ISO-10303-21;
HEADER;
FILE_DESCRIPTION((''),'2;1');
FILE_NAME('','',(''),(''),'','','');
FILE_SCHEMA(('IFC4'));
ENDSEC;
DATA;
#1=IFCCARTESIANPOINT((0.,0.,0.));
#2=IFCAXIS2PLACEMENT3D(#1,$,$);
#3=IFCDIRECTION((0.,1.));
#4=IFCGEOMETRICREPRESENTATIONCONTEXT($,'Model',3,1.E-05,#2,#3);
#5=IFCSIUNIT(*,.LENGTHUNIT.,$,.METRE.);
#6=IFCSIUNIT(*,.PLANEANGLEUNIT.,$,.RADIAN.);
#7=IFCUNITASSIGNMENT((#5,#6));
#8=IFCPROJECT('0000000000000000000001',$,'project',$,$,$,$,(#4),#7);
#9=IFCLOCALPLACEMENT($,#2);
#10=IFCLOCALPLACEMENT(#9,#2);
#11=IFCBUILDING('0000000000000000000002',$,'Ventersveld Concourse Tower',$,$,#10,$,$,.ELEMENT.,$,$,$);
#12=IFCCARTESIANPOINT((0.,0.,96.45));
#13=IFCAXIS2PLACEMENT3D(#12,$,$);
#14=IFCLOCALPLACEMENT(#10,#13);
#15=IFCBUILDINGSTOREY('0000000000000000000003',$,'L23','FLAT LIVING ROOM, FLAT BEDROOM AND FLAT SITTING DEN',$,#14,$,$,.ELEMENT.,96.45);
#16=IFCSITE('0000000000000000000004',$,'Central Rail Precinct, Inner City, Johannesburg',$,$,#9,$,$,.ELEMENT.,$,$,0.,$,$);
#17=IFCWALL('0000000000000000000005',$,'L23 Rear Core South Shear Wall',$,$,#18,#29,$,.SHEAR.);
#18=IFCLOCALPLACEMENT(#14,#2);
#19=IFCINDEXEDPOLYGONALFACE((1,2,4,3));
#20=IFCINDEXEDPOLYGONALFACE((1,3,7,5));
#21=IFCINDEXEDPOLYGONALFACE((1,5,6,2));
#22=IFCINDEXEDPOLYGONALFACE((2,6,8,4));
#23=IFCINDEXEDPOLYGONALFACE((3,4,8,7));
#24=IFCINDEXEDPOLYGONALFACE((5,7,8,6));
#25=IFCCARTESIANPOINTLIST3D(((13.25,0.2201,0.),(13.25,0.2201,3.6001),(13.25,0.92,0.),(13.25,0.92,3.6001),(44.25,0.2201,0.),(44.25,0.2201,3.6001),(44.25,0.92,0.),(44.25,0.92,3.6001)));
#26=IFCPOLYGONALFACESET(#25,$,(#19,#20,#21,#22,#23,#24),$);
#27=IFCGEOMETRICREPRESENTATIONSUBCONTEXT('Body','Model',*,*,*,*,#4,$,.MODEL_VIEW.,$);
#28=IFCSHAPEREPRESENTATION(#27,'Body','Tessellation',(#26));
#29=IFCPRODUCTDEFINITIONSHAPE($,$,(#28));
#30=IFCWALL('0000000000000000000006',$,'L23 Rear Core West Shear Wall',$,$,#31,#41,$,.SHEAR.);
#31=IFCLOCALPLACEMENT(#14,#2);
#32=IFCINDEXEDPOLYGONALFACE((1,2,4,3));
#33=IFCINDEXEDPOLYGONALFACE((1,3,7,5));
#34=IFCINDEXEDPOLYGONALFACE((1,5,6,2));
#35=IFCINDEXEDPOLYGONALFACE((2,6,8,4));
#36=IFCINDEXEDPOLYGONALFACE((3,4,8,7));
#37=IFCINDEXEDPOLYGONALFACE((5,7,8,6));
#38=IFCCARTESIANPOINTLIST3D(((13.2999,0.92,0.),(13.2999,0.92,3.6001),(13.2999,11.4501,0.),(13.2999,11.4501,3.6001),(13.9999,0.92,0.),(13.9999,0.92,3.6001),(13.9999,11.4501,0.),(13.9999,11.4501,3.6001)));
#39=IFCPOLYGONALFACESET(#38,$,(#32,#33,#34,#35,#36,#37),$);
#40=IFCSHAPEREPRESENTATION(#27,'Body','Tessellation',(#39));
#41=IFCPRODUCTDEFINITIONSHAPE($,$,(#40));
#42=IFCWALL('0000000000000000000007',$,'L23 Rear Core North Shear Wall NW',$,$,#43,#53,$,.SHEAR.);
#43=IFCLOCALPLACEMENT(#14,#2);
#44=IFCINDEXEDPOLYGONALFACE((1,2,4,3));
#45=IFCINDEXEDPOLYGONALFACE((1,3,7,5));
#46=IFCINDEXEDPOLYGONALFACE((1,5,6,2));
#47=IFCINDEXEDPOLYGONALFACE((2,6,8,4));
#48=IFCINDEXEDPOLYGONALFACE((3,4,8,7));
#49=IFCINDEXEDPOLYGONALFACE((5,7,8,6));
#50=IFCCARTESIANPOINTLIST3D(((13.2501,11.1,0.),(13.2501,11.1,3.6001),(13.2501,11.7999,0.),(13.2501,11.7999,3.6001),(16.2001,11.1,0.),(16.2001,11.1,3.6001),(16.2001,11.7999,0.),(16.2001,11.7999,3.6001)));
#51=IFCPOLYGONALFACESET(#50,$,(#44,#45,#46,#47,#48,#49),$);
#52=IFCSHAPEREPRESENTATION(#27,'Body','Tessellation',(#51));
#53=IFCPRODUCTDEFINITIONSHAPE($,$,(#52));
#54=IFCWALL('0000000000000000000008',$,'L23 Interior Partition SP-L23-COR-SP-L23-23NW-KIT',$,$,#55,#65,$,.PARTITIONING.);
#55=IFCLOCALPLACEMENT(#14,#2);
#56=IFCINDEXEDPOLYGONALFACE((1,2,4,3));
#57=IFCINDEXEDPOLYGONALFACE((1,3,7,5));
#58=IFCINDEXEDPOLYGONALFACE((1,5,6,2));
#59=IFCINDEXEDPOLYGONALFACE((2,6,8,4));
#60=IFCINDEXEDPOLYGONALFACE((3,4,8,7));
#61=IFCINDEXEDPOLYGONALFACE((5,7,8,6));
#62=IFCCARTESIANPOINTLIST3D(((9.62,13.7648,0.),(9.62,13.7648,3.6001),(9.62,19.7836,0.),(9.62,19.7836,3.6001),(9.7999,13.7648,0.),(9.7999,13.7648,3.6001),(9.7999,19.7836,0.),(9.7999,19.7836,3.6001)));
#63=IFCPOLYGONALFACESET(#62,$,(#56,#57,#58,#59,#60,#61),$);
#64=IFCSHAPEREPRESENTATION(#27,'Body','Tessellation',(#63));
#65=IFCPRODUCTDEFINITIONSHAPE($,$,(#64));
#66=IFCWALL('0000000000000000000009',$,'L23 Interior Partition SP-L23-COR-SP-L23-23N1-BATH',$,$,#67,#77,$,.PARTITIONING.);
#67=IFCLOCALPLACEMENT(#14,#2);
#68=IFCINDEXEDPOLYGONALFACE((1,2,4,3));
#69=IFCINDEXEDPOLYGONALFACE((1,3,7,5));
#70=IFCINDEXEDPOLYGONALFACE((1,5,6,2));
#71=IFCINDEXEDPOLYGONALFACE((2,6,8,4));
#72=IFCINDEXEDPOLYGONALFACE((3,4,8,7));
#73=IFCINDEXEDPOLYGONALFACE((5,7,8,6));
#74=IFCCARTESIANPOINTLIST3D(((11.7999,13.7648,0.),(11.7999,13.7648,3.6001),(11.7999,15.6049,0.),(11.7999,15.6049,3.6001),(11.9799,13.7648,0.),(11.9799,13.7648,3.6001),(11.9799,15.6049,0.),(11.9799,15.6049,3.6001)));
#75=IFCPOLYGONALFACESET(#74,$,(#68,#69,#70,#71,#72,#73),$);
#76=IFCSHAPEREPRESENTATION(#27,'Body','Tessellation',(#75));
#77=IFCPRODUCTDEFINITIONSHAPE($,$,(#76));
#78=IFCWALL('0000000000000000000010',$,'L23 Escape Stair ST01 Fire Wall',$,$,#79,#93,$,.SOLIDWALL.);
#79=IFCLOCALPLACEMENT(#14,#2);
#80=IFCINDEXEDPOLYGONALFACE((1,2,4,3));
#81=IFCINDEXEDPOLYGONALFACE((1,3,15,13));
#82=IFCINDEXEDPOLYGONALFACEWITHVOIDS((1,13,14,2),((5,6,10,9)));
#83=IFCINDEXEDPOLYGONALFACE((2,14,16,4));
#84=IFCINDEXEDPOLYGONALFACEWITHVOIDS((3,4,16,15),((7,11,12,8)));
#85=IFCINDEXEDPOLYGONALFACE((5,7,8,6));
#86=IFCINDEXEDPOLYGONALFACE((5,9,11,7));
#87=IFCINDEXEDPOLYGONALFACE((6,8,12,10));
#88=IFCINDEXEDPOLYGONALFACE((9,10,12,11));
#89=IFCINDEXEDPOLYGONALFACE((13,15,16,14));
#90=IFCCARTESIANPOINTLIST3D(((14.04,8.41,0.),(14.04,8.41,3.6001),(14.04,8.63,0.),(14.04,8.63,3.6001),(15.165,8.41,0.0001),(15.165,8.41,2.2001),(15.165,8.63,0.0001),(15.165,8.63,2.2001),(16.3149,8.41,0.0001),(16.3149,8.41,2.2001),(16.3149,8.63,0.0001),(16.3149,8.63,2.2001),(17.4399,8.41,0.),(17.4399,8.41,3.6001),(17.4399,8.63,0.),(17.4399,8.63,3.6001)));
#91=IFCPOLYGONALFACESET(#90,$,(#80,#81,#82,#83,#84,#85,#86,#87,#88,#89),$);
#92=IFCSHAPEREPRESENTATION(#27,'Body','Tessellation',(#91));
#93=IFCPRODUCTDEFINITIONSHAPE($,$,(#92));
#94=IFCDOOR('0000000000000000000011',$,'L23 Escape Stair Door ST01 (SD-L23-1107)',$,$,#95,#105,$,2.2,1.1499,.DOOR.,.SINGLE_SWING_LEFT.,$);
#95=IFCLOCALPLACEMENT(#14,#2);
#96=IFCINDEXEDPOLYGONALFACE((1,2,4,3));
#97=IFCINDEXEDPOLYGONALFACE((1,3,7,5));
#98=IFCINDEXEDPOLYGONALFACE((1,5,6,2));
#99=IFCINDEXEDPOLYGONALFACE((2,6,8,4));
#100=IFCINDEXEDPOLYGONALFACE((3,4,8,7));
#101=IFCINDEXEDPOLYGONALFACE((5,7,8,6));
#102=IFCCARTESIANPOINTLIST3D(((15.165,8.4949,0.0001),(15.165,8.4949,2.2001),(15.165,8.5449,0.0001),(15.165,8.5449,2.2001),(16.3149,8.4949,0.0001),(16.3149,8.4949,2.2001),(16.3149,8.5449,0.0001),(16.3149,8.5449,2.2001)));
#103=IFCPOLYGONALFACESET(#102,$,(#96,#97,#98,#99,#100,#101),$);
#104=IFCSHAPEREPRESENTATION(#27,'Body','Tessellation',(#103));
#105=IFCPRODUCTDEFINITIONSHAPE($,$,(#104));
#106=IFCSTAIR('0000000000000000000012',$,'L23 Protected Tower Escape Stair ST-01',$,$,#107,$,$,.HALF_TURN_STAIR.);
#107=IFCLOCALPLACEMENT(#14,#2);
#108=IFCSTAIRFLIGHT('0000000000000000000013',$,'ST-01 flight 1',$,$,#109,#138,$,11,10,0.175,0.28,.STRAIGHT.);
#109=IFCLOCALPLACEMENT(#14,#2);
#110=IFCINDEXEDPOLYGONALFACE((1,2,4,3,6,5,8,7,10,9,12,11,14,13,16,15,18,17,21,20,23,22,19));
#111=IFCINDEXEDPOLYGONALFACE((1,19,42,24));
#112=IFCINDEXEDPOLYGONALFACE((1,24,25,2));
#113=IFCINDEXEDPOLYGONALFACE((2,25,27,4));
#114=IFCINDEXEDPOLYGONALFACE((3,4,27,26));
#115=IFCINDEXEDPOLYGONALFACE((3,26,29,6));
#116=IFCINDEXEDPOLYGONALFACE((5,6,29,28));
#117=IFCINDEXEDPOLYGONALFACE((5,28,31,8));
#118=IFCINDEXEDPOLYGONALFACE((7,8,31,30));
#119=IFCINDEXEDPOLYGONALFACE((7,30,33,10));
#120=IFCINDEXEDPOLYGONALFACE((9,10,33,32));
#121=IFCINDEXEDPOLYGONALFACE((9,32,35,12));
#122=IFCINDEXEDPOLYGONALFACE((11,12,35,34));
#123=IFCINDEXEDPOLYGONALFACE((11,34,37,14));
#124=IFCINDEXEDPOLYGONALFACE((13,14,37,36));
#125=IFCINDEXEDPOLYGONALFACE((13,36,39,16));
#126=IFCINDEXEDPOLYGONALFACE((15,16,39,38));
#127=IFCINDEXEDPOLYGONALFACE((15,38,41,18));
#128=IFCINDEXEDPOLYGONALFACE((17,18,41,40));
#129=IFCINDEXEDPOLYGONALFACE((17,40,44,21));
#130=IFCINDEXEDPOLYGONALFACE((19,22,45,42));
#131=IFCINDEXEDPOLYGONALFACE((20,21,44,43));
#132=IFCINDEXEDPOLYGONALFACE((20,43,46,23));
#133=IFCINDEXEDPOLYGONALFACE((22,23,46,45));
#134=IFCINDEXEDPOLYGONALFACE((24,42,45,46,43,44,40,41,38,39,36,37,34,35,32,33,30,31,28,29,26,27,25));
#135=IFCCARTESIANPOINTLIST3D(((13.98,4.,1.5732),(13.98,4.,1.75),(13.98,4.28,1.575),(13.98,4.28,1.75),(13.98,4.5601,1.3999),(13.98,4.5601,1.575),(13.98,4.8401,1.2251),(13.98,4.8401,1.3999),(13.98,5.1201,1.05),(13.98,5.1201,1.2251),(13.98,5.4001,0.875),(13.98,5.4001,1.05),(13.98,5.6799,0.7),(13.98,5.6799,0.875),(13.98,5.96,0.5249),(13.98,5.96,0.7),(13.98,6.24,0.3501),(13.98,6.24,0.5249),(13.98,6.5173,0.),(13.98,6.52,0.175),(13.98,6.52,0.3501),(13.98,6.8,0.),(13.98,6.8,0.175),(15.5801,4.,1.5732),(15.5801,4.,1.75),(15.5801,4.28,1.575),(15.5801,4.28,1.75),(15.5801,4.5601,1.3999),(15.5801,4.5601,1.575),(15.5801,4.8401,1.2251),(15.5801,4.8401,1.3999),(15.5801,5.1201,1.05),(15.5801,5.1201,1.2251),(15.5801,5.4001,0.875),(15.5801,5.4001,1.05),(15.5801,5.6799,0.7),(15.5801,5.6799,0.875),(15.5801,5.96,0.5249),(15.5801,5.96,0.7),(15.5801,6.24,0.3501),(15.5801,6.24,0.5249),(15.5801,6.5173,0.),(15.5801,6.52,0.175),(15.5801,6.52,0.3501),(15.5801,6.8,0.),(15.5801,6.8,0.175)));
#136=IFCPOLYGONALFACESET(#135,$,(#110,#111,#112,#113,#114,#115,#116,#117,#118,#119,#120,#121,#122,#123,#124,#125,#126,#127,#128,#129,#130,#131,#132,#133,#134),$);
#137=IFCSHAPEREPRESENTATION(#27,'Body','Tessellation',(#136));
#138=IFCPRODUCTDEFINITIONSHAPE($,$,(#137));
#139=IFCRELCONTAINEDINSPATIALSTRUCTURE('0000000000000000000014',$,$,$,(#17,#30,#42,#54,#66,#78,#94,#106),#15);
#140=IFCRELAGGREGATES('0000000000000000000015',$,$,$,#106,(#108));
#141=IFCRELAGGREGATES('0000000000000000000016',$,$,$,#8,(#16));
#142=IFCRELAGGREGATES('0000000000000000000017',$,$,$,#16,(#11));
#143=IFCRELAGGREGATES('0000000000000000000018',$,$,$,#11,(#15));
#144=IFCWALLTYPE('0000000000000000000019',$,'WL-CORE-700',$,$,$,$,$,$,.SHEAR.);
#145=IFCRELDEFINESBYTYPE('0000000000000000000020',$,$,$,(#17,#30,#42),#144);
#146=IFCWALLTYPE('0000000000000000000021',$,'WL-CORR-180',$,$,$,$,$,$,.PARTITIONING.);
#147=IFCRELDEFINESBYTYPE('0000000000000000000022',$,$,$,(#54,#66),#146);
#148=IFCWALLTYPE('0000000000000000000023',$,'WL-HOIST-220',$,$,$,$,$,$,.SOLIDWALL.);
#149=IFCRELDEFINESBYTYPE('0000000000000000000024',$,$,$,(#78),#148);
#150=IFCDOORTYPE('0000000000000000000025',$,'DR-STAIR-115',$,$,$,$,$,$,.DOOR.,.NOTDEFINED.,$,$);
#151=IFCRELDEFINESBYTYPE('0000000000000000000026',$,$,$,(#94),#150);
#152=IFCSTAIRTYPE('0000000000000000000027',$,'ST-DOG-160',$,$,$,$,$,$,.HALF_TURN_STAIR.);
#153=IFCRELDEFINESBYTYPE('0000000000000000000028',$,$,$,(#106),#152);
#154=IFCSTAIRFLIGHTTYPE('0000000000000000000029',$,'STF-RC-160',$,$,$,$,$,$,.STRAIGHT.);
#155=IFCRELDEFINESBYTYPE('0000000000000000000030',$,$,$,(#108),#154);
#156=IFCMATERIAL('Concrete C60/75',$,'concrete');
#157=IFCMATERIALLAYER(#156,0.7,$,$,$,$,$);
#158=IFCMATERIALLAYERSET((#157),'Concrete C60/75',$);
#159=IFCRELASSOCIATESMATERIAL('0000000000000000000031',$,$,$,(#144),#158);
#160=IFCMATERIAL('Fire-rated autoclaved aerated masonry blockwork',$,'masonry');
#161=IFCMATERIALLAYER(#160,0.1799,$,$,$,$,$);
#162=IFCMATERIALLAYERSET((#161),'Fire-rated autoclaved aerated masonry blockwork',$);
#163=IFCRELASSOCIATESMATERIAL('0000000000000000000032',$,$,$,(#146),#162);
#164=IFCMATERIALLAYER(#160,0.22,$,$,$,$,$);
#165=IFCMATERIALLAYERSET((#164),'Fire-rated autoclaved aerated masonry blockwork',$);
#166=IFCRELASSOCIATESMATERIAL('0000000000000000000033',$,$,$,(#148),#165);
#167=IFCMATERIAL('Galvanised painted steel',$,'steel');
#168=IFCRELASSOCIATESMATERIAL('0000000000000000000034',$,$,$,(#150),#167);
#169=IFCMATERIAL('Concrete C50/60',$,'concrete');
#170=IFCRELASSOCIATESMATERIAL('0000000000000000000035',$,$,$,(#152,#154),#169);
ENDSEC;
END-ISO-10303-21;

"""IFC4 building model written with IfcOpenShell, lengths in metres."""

from ifc_helpers import new_model, si_unit, direction, frame, frame_2d, origin, place, context, subcontext, project, spatial, polyline, rectangle, outline, extrude, material, layer, layer_set, type_object, element, fill, aggregate, save


model = new_model("IFC4")

# Units and contexts
model_context = context("Model", 3, precision=1e-05, world=origin(), true_north=direction((0.0, 1.0)))
body_context = subcontext(model_context, "Body", "Model", "MODEL_VIEW")
ifc_project = project(units=[si_unit("LENGTHUNIT", "METRE"), si_unit("PLANEANGLEUNIT", "RADIAN")], contexts=[model_context])

# Site, building, storey
site_placement = place(None, origin())
site = spatial("IfcSite", under=ifc_project, at=site_placement, Name="Central Rail Precinct, Inner City, Johannesburg", CompositionType="ELEMENT", RefElevation=0.0)
building_placement = place(site_placement, origin())
building = spatial("IfcBuilding", under=site, at=building_placement, Name="Ventersveld Concourse Tower", CompositionType="ELEMENT")
storey_placement = place(building_placement, frame((0.0, 0.0, 96.45)))
storey = spatial("IfcBuildingStorey", under=building, at=storey_placement, Name="L23", Description="FLAT LIVING ROOM, FLAT BEDROOM AND FLAT SITTING DEN", CompositionType="ELEMENT", Elevation=96.45)

# Shared definitions
ifc_material_1 = material(Name="Concrete C50/60", Category="concrete")

# Walls
ifc_material_2 = material(Name="Concrete C60/75", Category="concrete")
ifc_layer_1 = layer(ifc_material_2, 0.7)
ifc_layer_set_1 = layer_set([ifc_layer_1], Name="Concrete C60/75")
wall_type_1 = type_object("IfcWallType", Name="WL-CORE-700", PredefinedType="SHEAR", material=ifc_layer_set_1)
wall_1_placement = place(storey_placement, frame((13.25, 0.5701, 0.0), z_axis=(0.0, 0.0, 1.0), x_axis=(1.0, 0.0, 0.0)))
element("IfcWall", 1, at=wall_1_placement, inside=storey, type_object=wall_type_1, Name="L23 Rear Core South Shear Wall", PredefinedType="SHEAR", context=body_context, shape_type="SweptSolid", body=[
    extrude(rectangle(XDim=31.0, YDim=0.7, at=frame_2d((15.5, 0.0))), origin(), (0.0, 0.0, 1.0), 3.6001),
])
wall_2_placement = place(storey_placement, frame((13.6499, 0.9199, 0.0), z_axis=(0.0, 0.0, 1.0), x_axis=(0.0, 1.0, 0.0)))
element("IfcWall", 2, at=wall_2_placement, inside=storey, type_object=wall_type_1, Name="L23 Rear Core West Shear Wall", PredefinedType="SHEAR", context=body_context, shape_type="SweptSolid", body=[
    extrude(rectangle(XDim=10.53, YDim=0.7, at=frame_2d((5.2651, 0.0))), origin(), (0.0, 0.0, 1.0), 3.6001),
])
wall_3_placement = place(storey_placement, frame((13.25, 11.45, 0.0), z_axis=(0.0, 0.0, 1.0), x_axis=(1.0, 0.0, 0.0)))
element("IfcWall", 3, at=wall_3_placement, inside=storey, type_object=wall_type_1, Name="L23 Rear Core North Shear Wall NW", PredefinedType="SHEAR", context=body_context, shape_type="SweptSolid", body=[
    extrude(rectangle(XDim=2.95, YDim=0.7, at=frame_2d((1.4751, 0.0))), origin(), (0.0, 0.0, 1.0), 3.6001),
])
ifc_material_3 = material(Name="Fire-rated autoclaved aerated masonry blockwork", Category="masonry")
ifc_layer_2 = layer(ifc_material_3, 0.1799)
ifc_layer_set_2 = layer_set([ifc_layer_2], Name="Fire-rated autoclaved aerated masonry blockwork")
wall_type_2 = type_object("IfcWallType", Name="WL-CORR-180", PredefinedType="PARTITIONING", material=ifc_layer_set_2)
wall_4_placement = place(storey_placement, frame((9.71, 13.7649, 0.0), z_axis=(0.0, 0.0, 1.0), x_axis=(0.0, 1.0, 0.0)))
element("IfcWall", 4, at=wall_4_placement, inside=storey, type_object=wall_type_2, Name="L23 Interior Partition SP-L23-COR-SP-L23-23NW-KIT", PredefinedType="PARTITIONING", context=body_context, shape_type="SweptSolid", body=[
    extrude(rectangle(XDim=6.0188, YDim=0.1799, at=frame_2d((3.0093, 0.0))), origin(), (0.0, 0.0, 1.0), 3.6001),
])
wall_5_placement = place(storey_placement, frame((11.8899, 13.7649, 0.0), z_axis=(0.0, 0.0, 1.0), x_axis=(0.0, 1.0, 0.0)))
element("IfcWall", 5, at=wall_5_placement, inside=storey, type_object=wall_type_2, Name="L23 Interior Partition SP-L23-COR-SP-L23-23N1-BATH", PredefinedType="PARTITIONING", context=body_context, shape_type="SweptSolid", body=[
    extrude(rectangle(XDim=1.8401, YDim=0.1799, at=frame_2d((0.9199, 0.0))), origin(), (0.0, 0.0, 1.0), 3.6001),
])

# Wall, opening, door
ifc_layer_3 = layer(ifc_material_3, 0.22)
ifc_layer_set_3 = layer_set([ifc_layer_3], Name="Fire-rated autoclaved aerated masonry blockwork")
wall_type_3 = type_object("IfcWallType", Name="WL-HOIST-220", PredefinedType="SOLIDWALL", material=ifc_layer_set_3)
wall_6_placement = place(storey_placement, frame((14.04, 8.52, 0.0), z_axis=(0.0, 0.0, 1.0), x_axis=(1.0, 0.0, 0.0)))
wall_6 = element("IfcWall", 6, at=wall_6_placement, inside=storey, type_object=wall_type_3, Name="L23 Escape Stair ST01 Fire Wall", PredefinedType="SOLIDWALL", context=body_context, shape_type="SweptSolid", body=[
    extrude(rectangle(XDim=3.3999, YDim=0.22, at=frame_2d((1.7, 0.0))), origin(), (0.0, 0.0, 1.0), 3.6001),
])
opening_placement = place(wall_6_placement, frame((1.125, 0.0, 0.0)))
opening = element("IfcOpeningElement", 7, at=opening_placement, cuts=wall_6, PredefinedType="OPENING", context=body_context, shape_type="SweptSolid", body=[
    extrude(rectangle(XDim=1.1499, YDim=2.2, at=frame_2d((0.575, 1.1001))), frame((0.0, 0.1201, 0.0), z_axis=(0.0, -1.0, 0.0), x_axis=(1.0, 0.0, 0.0)), (0.0, 0.0, 1.0), 0.24),
])
ifc_material_4 = material(Name="Galvanised painted steel", Category="steel")
door_type = type_object("IfcDoorType", Name="DR-STAIR-115", OperationType="NOTDEFINED", PredefinedType="DOOR", material=ifc_material_4)
door_placement = place(opening_placement, origin())
door = element("IfcDoor", 8, at=door_placement, inside=storey, type_object=door_type, Name="L23 Escape Stair Door ST01 (SD-L23-1107)", OperationType="SINGLE_SWING_LEFT", OverallHeight=2.2, OverallWidth=1.1499, PredefinedType="DOOR", context=body_context, shape_type="SweptSolid", body=[
    extrude(rectangle(XDim=1.1499, YDim=2.2, at=frame_2d((0.575, 1.1001))), frame((0.0, 0.0249, 0.0), z_axis=(0.0, -1.0, 0.0), x_axis=(1.0, 0.0, 0.0)), (0.0, 0.0, 1.0), 0.05),
])
fill(opening, door)

# Stair, stair flight
stair_type = type_object("IfcStairType", Name="ST-DOG-160", PredefinedType="HALF_TURN_STAIR", material=ifc_material_1)
stair_placement = place(storey_placement, origin())
stair = element("IfcStair", 9, at=stair_placement, inside=storey, type_object=stair_type, Name="L23 Protected Tower Escape Stair ST-01", PredefinedType="HALF_TURN_STAIR")
stair_flight_type = type_object("IfcStairFlightType", Name="STF-RC-160", PredefinedType="STRAIGHT", material=ifc_material_1)
stair_flight_placement = place(storey_placement, frame((14.78, 6.8, 0.0), z_axis=(0.0, 0.0, 1.0), x_axis=(0.0, -1.0, 0.0)))
stair_flight = element("IfcStairFlight", 10, at=stair_flight_placement, type_object=stair_flight_type, Name="ST-01 flight 1", NumberOfRisers=11, NumberOfTreads=10, PredefinedType="STRAIGHT", RiserHeight=0.175, TreadLength=0.28, context=body_context, shape_type="SweptSolid", body=[
    extrude(outline(polyline([(0.0, 0.0), (0.0, 0.175), (0.28, 0.175), (0.28, 0.3501), (0.5601, 0.3501), (0.5601, 0.5249), (0.8401, 0.5249), (0.8401, 0.7), (1.1201, 0.7), (1.1201, 0.875), (1.3999, 0.875), (1.3999, 1.05), (1.6799, 1.05), (1.6799, 1.2251), (1.96, 1.2251), (1.96, 1.3999), (2.24, 1.3999), (2.24, 1.575), (2.52, 1.575), (2.52, 1.75), (2.8, 1.75), (2.8, 1.925), (2.8, 1.5732), (0.2827, 0.0), (0.0, 0.0)])), frame((0.0, 0.8, 0.0), z_axis=(0.0, -1.0, 0.0), x_axis=(1.0, 0.0, 0.0)), (0.0, 0.0, 1.0), 1.6001),
])
aggregate(stair, [stair_flight])

save(model, "model.ifc")
